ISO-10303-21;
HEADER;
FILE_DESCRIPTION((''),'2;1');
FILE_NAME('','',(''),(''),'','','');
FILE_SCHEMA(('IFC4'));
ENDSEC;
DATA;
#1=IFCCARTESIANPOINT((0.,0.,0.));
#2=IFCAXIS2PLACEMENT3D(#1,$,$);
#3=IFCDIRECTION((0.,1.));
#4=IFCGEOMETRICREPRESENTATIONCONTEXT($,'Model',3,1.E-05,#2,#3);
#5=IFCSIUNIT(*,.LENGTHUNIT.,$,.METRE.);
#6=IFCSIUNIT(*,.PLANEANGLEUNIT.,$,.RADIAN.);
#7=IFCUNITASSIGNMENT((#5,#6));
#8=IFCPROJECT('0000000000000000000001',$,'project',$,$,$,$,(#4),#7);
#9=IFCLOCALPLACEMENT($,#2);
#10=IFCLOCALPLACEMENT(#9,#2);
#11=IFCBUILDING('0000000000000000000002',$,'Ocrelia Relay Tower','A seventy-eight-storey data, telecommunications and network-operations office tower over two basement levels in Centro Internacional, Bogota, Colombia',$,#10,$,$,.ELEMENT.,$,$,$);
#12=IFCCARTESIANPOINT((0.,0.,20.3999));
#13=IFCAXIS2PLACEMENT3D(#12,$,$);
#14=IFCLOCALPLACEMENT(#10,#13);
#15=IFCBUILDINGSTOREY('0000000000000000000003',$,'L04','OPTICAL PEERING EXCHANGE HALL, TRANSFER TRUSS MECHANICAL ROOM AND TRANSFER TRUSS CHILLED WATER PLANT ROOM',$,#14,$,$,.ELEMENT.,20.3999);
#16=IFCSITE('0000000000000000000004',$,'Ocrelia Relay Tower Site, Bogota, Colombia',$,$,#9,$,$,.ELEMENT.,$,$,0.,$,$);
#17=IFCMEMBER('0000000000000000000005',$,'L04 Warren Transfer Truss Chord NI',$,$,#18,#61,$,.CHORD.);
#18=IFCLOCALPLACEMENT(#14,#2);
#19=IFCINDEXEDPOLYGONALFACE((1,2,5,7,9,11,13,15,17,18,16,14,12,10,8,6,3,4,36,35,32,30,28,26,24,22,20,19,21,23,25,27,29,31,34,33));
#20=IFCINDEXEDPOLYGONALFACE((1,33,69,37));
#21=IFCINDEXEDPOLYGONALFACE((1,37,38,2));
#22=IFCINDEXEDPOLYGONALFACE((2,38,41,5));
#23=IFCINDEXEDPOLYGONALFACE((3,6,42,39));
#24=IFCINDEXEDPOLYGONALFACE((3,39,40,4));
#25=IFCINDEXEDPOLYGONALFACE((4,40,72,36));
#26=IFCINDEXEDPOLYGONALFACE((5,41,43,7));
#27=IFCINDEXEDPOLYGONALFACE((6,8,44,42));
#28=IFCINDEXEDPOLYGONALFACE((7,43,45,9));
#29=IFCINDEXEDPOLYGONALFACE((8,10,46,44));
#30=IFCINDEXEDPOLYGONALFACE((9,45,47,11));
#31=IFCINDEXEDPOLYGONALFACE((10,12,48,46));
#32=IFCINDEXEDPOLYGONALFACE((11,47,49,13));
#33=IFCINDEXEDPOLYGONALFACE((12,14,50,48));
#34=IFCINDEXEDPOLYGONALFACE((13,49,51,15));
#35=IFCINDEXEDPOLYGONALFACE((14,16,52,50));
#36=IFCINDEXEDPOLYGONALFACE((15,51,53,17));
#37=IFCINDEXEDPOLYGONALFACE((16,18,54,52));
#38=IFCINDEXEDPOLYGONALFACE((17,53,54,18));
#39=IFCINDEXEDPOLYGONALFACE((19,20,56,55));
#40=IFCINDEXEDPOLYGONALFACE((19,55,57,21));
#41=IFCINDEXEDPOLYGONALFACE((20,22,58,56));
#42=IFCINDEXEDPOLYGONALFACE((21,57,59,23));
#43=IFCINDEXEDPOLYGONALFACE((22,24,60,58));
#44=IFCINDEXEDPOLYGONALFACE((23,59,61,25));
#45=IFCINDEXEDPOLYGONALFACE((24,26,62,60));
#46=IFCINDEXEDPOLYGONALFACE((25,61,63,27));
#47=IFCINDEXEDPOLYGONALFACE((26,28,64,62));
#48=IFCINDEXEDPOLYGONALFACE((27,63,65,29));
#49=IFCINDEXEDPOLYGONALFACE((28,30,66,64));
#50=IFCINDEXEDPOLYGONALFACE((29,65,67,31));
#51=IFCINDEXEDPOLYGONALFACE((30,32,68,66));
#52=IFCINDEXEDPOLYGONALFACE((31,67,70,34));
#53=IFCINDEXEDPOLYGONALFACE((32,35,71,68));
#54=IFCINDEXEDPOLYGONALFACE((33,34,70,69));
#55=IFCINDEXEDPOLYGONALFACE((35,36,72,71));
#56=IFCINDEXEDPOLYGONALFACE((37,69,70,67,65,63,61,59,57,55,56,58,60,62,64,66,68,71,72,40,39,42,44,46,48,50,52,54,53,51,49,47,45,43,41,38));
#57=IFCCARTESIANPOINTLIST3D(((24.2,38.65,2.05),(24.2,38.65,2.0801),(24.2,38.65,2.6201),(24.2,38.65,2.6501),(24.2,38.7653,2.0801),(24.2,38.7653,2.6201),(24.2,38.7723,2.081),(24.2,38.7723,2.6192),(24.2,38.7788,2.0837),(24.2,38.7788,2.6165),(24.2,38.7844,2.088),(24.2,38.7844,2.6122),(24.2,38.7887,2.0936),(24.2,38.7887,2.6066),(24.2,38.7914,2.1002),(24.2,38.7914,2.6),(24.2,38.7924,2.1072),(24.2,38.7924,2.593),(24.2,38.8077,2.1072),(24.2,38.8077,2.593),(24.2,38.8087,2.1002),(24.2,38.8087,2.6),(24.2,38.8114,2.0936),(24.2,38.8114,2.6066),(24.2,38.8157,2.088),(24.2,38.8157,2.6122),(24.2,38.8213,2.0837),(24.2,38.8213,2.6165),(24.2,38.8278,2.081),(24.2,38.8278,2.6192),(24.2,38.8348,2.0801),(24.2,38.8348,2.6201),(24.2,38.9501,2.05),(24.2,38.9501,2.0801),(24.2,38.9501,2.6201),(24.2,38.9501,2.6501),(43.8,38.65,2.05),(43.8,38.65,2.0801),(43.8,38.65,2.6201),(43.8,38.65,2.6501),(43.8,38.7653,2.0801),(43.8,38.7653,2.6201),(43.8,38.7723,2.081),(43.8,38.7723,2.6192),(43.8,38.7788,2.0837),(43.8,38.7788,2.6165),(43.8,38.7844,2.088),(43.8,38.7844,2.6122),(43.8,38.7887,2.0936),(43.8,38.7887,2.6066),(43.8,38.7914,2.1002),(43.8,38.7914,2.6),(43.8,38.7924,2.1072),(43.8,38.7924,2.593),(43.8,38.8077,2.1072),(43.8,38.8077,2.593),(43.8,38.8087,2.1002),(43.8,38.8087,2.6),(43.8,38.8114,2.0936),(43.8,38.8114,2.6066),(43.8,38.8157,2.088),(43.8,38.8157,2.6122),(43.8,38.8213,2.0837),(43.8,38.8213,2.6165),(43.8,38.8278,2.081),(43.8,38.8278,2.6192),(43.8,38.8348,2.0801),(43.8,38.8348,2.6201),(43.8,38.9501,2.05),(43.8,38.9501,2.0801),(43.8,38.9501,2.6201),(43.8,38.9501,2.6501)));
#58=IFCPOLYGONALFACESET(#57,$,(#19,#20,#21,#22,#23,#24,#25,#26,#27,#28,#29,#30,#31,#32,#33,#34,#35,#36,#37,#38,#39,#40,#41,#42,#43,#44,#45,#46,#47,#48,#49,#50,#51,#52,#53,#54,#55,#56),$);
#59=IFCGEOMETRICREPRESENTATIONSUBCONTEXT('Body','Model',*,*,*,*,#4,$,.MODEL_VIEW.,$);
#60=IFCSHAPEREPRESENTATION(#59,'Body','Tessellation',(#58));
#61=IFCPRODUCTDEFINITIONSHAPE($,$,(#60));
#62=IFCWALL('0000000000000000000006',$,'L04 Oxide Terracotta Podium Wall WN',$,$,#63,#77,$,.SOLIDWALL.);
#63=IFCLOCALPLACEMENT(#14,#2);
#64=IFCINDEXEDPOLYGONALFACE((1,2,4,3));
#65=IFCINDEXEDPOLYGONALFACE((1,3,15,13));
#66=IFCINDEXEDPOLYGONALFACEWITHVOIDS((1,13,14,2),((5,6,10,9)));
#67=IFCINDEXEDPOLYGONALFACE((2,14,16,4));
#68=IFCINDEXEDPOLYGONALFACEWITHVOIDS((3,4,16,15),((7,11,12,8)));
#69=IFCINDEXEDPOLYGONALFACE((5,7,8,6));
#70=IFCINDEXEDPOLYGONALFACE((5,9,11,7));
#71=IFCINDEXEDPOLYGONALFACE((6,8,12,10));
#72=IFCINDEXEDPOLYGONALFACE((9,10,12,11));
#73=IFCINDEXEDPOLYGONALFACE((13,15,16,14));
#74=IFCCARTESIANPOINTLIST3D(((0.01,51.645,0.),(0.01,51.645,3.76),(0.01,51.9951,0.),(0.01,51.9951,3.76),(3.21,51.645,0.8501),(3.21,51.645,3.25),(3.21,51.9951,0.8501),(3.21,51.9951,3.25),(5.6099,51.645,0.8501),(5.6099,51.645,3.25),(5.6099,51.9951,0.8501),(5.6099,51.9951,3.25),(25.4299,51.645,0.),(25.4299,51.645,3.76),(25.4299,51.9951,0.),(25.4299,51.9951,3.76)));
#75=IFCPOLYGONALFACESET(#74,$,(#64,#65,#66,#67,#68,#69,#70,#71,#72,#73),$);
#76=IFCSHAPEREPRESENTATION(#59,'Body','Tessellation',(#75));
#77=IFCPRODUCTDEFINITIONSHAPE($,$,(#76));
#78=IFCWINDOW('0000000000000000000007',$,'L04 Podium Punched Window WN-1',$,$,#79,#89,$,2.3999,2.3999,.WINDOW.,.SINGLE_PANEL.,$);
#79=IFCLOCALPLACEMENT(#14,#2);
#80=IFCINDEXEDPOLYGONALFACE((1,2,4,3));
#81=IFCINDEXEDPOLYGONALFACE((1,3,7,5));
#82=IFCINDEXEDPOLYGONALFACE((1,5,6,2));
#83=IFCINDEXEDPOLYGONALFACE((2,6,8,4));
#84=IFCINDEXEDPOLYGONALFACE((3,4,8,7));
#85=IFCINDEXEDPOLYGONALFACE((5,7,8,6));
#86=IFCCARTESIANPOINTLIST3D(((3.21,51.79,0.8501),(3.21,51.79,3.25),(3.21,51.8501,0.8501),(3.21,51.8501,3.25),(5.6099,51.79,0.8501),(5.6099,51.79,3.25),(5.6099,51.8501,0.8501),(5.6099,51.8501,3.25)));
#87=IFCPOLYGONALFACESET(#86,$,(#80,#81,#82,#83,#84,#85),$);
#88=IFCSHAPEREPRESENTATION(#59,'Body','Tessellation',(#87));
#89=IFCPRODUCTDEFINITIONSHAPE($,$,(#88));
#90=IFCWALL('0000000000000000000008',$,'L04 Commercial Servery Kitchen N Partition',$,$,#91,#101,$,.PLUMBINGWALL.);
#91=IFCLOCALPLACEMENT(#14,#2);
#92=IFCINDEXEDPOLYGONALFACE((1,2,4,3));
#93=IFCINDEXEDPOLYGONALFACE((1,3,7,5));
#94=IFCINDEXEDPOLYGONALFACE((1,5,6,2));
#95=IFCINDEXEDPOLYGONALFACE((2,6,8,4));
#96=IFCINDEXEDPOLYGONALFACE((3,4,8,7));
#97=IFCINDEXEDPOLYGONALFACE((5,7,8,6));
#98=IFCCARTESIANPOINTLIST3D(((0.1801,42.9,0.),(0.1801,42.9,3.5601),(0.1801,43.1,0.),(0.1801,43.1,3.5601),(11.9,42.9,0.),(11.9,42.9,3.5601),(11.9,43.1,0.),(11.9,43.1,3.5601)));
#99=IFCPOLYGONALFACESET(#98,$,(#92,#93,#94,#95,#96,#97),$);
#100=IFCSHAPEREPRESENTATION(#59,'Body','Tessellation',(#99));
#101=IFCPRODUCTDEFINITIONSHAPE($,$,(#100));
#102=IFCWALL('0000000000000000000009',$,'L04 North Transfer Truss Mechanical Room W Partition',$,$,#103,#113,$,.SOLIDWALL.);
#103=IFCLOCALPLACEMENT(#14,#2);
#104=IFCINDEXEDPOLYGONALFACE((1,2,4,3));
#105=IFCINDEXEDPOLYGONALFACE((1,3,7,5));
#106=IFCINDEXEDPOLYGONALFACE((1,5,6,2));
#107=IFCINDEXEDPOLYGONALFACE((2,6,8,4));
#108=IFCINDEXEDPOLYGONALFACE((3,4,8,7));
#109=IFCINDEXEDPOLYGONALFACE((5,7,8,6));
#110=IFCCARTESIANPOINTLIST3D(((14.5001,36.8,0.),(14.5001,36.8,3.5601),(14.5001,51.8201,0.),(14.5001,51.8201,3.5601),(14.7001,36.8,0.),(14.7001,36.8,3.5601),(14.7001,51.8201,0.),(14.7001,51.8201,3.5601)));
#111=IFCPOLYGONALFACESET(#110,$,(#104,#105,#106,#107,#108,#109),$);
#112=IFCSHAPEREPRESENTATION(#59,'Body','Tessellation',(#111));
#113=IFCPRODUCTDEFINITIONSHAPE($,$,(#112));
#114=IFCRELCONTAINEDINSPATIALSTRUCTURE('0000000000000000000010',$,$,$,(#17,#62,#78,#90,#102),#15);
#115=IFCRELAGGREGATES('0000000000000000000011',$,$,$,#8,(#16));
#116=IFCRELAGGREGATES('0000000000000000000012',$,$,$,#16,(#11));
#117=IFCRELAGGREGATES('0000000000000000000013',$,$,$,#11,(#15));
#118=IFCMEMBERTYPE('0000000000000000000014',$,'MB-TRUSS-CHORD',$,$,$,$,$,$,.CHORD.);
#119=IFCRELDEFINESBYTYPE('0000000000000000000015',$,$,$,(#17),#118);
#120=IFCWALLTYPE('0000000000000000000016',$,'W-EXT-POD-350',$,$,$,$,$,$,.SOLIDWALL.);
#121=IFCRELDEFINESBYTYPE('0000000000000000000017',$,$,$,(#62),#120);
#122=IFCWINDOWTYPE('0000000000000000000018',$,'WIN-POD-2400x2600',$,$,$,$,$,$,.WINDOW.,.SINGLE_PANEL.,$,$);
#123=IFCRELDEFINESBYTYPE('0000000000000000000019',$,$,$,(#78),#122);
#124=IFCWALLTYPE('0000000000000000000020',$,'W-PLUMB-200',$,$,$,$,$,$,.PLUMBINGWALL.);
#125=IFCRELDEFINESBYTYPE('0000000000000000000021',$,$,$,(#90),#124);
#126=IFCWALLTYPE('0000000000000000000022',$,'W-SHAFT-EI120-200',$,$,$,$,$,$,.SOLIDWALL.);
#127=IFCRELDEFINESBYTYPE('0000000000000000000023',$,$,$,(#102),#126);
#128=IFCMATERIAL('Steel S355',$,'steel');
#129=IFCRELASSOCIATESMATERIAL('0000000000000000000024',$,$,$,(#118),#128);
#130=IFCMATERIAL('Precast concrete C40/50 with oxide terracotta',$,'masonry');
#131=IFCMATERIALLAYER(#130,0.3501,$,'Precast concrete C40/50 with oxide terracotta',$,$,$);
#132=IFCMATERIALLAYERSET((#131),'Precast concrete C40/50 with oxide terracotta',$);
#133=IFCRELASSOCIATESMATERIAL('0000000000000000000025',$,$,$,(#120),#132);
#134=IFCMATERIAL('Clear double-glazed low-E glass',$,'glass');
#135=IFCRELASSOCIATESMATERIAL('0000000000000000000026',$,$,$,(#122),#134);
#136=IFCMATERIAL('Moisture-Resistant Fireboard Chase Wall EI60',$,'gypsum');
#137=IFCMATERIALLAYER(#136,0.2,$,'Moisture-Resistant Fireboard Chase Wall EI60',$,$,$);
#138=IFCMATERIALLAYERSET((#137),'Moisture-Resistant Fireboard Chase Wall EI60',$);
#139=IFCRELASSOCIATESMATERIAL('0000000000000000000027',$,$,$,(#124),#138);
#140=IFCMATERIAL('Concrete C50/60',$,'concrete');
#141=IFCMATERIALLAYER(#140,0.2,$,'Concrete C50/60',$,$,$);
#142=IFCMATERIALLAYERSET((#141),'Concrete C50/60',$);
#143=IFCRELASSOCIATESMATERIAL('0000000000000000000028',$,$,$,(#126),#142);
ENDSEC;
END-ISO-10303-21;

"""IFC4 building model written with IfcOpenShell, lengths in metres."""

from ifc_helpers import new_model, si_unit, direction, frame, frame_2d, origin, origin_2d, place, context, subcontext, project, spatial, rectangle, i_section, extrude, material, layer, layer_set, material_profile, profile_set, type_object, element, fill, save


model = new_model("IFC4")

# Units and contexts
model_context = context("Model", 3, precision=1e-05, world=origin(), true_north=direction((0.0, 1.0)))
body_context = subcontext(model_context, "Body", "Model", "MODEL_VIEW")
ifc_project = project(units=[si_unit("LENGTHUNIT", "METRE"), si_unit("PLANEANGLEUNIT", "RADIAN")], contexts=[model_context])

# Site, building, storey
site_placement = place(None, origin())
site = spatial("IfcSite", under=ifc_project, at=site_placement, Name="Ocrelia Relay Tower Site, Bogota, Colombia", CompositionType="ELEMENT", RefElevation=0.0)
building_placement = place(site_placement, origin())
building = spatial("IfcBuilding", under=site, at=building_placement, Name="Ocrelia Relay Tower", Description="A seventy-eight-storey data, telecommunications and network-operations office tower over two basement levels in Centro Internacional, Bogota, Colombia", CompositionType="ELEMENT")
storey_placement = place(building_placement, frame((0.0, 0.0, 20.3999)))
storey = spatial("IfcBuildingStorey", under=building, at=storey_placement, Name="L04", Description="OPTICAL PEERING EXCHANGE HALL, TRANSFER TRUSS MECHANICAL ROOM AND TRANSFER TRUSS CHILLED WATER PLANT ROOM", CompositionType="ELEMENT", Elevation=20.3999)

# Shared definitions
ifc_material_1 = material(Name="Steel S355", Category="steel")

# Member
ifc_material_profile_1 = material_profile(ifc_material_1, i_section(OverallWidth=0.3, OverallDepth=0.6001, WebThickness=0.0154, FlangeThickness=0.03, FilletRadius=0.0271, at=origin_2d()), Name="HEB 600")
ifc_profile_set_1 = profile_set([ifc_material_profile_1], Name="Steel S355")
member_type_1 = type_object("IfcMemberType", Name="MB-TRUSS-CHORD", PredefinedType="CHORD", material=ifc_profile_set_1)
member_1_placement = place(storey_placement, frame((24.2, 38.8, 2.3501), z_axis=(1.0, 0.0, 0.0), x_axis=(0.0, 1.0, 0.0)))
element("IfcMember", 1, at=member_1_placement, inside=storey, type_object=member_type_1, Name="L04 Warren Transfer Truss Chord NI", PredefinedType="CHORD", context=body_context, shape_type="SweptSolid", body=[
    extrude(i_section(OverallWidth=0.3, OverallDepth=0.6001, WebThickness=0.0154, FlangeThickness=0.03, FilletRadius=0.0271, at=origin_2d()), origin(), (0.0, 0.0, 1.0), 19.6001),
])

# Wall, opening, window
ifc_material_2 = material(Name="Precast concrete C40/50 with oxide terracotta", Category="masonry")
ifc_layer_1 = layer(ifc_material_2, 0.3501, Name="Precast concrete C40/50 with oxide terracotta")
ifc_layer_set_1 = layer_set([ifc_layer_1], Name="Precast concrete C40/50 with oxide terracotta")
wall_type_1 = type_object("IfcWallType", Name="W-EXT-POD-350", PredefinedType="SOLIDWALL", material=ifc_layer_set_1)
wall_1_placement = place(storey_placement, frame((0.01, 51.8201, 0.0), z_axis=(0.0, 0.0, 1.0), x_axis=(1.0, 0.0, 0.0)))
wall_1 = element("IfcWall", 2, at=wall_1_placement, inside=storey, type_object=wall_type_1, Name="L04 Oxide Terracotta Podium Wall WN", PredefinedType="SOLIDWALL", context=body_context, shape_type="SweptSolid", body=[
    extrude(rectangle(XDim=25.4199, YDim=0.3501, at=frame_2d((12.71, 0.0))), origin(), (0.0, 0.0, 1.0), 3.76),
])
opening_placement = place(wall_1_placement, frame((3.2, 0.0, 0.8501)))
opening = element("IfcOpeningElement", 3, at=opening_placement, cuts=wall_1, PredefinedType="OPENING", context=body_context, shape_type="SweptSolid", body=[
    extrude(rectangle(XDim=2.3999, YDim=2.3999, at=frame_2d((1.2, 1.2))), frame((0.0, 0.1851, 0.0), z_axis=(0.0, -1.0, 0.0), x_axis=(1.0, 0.0, 0.0)), (0.0, 0.0, 1.0), 0.3701),
])
ifc_material_3 = material(Name="Clear double-glazed low-E glass", Category="glass")
window_type = type_object("IfcWindowType", Name="WIN-POD-2400x2600", PartitioningType="SINGLE_PANEL", PredefinedType="WINDOW", material=ifc_material_3)
window_placement = place(opening_placement, origin())
window = element("IfcWindow", 4, at=window_placement, inside=storey, type_object=window_type, Name="L04 Podium Punched Window WN-1", OverallHeight=2.3999, OverallWidth=2.3999, PartitioningType="SINGLE_PANEL", PredefinedType="WINDOW", context=body_context, shape_type="SweptSolid", body=[
    extrude(rectangle(XDim=2.3999, YDim=2.3999, at=frame_2d((1.2, 1.2))), frame((0.0, 0.03, 0.0), z_axis=(0.0, -1.0, 0.0), x_axis=(1.0, 0.0, 0.0)), (0.0, 0.0, 1.0), 0.0601),
])
fill(opening, window)

# Walls
ifc_material_4 = material(Name="Moisture-Resistant Fireboard Chase Wall EI60", Category="gypsum")
ifc_layer_2 = layer(ifc_material_4, 0.2, Name="Moisture-Resistant Fireboard Chase Wall EI60")
ifc_layer_set_2 = layer_set([ifc_layer_2], Name="Moisture-Resistant Fireboard Chase Wall EI60")
wall_type_2 = type_object("IfcWallType", Name="W-PLUMB-200", PredefinedType="PLUMBINGWALL", material=ifc_layer_set_2)
wall_2_placement = place(storey_placement, frame((11.8999, 43.0, 0.0), z_axis=(0.0, 0.0, 1.0), x_axis=(-1.0, 0.0, 0.0)))
element("IfcWall", 5, at=wall_2_placement, inside=storey, type_object=wall_type_2, Name="L04 Commercial Servery Kitchen N Partition", PredefinedType="PLUMBINGWALL", context=body_context, shape_type="SweptSolid", body=[
    extrude(rectangle(XDim=11.72, YDim=0.2, at=frame_2d((5.8599, 0.0))), origin(), (0.0, 0.0, 1.0), 3.5601),
])
ifc_material_5 = material(Name="Concrete C50/60", Category="concrete")
ifc_layer_3 = layer(ifc_material_5, 0.2, Name="Concrete C50/60")
ifc_layer_set_3 = layer_set([ifc_layer_3], Name="Concrete C50/60")
wall_type_3 = type_object("IfcWallType", Name="W-SHAFT-EI120-200", PredefinedType="SOLIDWALL", material=ifc_layer_set_3)
wall_3_placement = place(storey_placement, frame((14.6001, 51.8201, 0.0), z_axis=(0.0, 0.0, 1.0), x_axis=(0.0, -1.0, 0.0)))
element("IfcWall", 6, at=wall_3_placement, inside=storey, type_object=wall_type_3, Name="L04 North Transfer Truss Mechanical Room W Partition", PredefinedType="SOLIDWALL", context=body_context, shape_type="SweptSolid", body=[
    extrude(rectangle(XDim=15.02, YDim=0.2, at=frame_2d((7.51, 0.0))), origin(), (0.0, 0.0, 1.0), 3.5601),
])

save(model, "model.ifc")
